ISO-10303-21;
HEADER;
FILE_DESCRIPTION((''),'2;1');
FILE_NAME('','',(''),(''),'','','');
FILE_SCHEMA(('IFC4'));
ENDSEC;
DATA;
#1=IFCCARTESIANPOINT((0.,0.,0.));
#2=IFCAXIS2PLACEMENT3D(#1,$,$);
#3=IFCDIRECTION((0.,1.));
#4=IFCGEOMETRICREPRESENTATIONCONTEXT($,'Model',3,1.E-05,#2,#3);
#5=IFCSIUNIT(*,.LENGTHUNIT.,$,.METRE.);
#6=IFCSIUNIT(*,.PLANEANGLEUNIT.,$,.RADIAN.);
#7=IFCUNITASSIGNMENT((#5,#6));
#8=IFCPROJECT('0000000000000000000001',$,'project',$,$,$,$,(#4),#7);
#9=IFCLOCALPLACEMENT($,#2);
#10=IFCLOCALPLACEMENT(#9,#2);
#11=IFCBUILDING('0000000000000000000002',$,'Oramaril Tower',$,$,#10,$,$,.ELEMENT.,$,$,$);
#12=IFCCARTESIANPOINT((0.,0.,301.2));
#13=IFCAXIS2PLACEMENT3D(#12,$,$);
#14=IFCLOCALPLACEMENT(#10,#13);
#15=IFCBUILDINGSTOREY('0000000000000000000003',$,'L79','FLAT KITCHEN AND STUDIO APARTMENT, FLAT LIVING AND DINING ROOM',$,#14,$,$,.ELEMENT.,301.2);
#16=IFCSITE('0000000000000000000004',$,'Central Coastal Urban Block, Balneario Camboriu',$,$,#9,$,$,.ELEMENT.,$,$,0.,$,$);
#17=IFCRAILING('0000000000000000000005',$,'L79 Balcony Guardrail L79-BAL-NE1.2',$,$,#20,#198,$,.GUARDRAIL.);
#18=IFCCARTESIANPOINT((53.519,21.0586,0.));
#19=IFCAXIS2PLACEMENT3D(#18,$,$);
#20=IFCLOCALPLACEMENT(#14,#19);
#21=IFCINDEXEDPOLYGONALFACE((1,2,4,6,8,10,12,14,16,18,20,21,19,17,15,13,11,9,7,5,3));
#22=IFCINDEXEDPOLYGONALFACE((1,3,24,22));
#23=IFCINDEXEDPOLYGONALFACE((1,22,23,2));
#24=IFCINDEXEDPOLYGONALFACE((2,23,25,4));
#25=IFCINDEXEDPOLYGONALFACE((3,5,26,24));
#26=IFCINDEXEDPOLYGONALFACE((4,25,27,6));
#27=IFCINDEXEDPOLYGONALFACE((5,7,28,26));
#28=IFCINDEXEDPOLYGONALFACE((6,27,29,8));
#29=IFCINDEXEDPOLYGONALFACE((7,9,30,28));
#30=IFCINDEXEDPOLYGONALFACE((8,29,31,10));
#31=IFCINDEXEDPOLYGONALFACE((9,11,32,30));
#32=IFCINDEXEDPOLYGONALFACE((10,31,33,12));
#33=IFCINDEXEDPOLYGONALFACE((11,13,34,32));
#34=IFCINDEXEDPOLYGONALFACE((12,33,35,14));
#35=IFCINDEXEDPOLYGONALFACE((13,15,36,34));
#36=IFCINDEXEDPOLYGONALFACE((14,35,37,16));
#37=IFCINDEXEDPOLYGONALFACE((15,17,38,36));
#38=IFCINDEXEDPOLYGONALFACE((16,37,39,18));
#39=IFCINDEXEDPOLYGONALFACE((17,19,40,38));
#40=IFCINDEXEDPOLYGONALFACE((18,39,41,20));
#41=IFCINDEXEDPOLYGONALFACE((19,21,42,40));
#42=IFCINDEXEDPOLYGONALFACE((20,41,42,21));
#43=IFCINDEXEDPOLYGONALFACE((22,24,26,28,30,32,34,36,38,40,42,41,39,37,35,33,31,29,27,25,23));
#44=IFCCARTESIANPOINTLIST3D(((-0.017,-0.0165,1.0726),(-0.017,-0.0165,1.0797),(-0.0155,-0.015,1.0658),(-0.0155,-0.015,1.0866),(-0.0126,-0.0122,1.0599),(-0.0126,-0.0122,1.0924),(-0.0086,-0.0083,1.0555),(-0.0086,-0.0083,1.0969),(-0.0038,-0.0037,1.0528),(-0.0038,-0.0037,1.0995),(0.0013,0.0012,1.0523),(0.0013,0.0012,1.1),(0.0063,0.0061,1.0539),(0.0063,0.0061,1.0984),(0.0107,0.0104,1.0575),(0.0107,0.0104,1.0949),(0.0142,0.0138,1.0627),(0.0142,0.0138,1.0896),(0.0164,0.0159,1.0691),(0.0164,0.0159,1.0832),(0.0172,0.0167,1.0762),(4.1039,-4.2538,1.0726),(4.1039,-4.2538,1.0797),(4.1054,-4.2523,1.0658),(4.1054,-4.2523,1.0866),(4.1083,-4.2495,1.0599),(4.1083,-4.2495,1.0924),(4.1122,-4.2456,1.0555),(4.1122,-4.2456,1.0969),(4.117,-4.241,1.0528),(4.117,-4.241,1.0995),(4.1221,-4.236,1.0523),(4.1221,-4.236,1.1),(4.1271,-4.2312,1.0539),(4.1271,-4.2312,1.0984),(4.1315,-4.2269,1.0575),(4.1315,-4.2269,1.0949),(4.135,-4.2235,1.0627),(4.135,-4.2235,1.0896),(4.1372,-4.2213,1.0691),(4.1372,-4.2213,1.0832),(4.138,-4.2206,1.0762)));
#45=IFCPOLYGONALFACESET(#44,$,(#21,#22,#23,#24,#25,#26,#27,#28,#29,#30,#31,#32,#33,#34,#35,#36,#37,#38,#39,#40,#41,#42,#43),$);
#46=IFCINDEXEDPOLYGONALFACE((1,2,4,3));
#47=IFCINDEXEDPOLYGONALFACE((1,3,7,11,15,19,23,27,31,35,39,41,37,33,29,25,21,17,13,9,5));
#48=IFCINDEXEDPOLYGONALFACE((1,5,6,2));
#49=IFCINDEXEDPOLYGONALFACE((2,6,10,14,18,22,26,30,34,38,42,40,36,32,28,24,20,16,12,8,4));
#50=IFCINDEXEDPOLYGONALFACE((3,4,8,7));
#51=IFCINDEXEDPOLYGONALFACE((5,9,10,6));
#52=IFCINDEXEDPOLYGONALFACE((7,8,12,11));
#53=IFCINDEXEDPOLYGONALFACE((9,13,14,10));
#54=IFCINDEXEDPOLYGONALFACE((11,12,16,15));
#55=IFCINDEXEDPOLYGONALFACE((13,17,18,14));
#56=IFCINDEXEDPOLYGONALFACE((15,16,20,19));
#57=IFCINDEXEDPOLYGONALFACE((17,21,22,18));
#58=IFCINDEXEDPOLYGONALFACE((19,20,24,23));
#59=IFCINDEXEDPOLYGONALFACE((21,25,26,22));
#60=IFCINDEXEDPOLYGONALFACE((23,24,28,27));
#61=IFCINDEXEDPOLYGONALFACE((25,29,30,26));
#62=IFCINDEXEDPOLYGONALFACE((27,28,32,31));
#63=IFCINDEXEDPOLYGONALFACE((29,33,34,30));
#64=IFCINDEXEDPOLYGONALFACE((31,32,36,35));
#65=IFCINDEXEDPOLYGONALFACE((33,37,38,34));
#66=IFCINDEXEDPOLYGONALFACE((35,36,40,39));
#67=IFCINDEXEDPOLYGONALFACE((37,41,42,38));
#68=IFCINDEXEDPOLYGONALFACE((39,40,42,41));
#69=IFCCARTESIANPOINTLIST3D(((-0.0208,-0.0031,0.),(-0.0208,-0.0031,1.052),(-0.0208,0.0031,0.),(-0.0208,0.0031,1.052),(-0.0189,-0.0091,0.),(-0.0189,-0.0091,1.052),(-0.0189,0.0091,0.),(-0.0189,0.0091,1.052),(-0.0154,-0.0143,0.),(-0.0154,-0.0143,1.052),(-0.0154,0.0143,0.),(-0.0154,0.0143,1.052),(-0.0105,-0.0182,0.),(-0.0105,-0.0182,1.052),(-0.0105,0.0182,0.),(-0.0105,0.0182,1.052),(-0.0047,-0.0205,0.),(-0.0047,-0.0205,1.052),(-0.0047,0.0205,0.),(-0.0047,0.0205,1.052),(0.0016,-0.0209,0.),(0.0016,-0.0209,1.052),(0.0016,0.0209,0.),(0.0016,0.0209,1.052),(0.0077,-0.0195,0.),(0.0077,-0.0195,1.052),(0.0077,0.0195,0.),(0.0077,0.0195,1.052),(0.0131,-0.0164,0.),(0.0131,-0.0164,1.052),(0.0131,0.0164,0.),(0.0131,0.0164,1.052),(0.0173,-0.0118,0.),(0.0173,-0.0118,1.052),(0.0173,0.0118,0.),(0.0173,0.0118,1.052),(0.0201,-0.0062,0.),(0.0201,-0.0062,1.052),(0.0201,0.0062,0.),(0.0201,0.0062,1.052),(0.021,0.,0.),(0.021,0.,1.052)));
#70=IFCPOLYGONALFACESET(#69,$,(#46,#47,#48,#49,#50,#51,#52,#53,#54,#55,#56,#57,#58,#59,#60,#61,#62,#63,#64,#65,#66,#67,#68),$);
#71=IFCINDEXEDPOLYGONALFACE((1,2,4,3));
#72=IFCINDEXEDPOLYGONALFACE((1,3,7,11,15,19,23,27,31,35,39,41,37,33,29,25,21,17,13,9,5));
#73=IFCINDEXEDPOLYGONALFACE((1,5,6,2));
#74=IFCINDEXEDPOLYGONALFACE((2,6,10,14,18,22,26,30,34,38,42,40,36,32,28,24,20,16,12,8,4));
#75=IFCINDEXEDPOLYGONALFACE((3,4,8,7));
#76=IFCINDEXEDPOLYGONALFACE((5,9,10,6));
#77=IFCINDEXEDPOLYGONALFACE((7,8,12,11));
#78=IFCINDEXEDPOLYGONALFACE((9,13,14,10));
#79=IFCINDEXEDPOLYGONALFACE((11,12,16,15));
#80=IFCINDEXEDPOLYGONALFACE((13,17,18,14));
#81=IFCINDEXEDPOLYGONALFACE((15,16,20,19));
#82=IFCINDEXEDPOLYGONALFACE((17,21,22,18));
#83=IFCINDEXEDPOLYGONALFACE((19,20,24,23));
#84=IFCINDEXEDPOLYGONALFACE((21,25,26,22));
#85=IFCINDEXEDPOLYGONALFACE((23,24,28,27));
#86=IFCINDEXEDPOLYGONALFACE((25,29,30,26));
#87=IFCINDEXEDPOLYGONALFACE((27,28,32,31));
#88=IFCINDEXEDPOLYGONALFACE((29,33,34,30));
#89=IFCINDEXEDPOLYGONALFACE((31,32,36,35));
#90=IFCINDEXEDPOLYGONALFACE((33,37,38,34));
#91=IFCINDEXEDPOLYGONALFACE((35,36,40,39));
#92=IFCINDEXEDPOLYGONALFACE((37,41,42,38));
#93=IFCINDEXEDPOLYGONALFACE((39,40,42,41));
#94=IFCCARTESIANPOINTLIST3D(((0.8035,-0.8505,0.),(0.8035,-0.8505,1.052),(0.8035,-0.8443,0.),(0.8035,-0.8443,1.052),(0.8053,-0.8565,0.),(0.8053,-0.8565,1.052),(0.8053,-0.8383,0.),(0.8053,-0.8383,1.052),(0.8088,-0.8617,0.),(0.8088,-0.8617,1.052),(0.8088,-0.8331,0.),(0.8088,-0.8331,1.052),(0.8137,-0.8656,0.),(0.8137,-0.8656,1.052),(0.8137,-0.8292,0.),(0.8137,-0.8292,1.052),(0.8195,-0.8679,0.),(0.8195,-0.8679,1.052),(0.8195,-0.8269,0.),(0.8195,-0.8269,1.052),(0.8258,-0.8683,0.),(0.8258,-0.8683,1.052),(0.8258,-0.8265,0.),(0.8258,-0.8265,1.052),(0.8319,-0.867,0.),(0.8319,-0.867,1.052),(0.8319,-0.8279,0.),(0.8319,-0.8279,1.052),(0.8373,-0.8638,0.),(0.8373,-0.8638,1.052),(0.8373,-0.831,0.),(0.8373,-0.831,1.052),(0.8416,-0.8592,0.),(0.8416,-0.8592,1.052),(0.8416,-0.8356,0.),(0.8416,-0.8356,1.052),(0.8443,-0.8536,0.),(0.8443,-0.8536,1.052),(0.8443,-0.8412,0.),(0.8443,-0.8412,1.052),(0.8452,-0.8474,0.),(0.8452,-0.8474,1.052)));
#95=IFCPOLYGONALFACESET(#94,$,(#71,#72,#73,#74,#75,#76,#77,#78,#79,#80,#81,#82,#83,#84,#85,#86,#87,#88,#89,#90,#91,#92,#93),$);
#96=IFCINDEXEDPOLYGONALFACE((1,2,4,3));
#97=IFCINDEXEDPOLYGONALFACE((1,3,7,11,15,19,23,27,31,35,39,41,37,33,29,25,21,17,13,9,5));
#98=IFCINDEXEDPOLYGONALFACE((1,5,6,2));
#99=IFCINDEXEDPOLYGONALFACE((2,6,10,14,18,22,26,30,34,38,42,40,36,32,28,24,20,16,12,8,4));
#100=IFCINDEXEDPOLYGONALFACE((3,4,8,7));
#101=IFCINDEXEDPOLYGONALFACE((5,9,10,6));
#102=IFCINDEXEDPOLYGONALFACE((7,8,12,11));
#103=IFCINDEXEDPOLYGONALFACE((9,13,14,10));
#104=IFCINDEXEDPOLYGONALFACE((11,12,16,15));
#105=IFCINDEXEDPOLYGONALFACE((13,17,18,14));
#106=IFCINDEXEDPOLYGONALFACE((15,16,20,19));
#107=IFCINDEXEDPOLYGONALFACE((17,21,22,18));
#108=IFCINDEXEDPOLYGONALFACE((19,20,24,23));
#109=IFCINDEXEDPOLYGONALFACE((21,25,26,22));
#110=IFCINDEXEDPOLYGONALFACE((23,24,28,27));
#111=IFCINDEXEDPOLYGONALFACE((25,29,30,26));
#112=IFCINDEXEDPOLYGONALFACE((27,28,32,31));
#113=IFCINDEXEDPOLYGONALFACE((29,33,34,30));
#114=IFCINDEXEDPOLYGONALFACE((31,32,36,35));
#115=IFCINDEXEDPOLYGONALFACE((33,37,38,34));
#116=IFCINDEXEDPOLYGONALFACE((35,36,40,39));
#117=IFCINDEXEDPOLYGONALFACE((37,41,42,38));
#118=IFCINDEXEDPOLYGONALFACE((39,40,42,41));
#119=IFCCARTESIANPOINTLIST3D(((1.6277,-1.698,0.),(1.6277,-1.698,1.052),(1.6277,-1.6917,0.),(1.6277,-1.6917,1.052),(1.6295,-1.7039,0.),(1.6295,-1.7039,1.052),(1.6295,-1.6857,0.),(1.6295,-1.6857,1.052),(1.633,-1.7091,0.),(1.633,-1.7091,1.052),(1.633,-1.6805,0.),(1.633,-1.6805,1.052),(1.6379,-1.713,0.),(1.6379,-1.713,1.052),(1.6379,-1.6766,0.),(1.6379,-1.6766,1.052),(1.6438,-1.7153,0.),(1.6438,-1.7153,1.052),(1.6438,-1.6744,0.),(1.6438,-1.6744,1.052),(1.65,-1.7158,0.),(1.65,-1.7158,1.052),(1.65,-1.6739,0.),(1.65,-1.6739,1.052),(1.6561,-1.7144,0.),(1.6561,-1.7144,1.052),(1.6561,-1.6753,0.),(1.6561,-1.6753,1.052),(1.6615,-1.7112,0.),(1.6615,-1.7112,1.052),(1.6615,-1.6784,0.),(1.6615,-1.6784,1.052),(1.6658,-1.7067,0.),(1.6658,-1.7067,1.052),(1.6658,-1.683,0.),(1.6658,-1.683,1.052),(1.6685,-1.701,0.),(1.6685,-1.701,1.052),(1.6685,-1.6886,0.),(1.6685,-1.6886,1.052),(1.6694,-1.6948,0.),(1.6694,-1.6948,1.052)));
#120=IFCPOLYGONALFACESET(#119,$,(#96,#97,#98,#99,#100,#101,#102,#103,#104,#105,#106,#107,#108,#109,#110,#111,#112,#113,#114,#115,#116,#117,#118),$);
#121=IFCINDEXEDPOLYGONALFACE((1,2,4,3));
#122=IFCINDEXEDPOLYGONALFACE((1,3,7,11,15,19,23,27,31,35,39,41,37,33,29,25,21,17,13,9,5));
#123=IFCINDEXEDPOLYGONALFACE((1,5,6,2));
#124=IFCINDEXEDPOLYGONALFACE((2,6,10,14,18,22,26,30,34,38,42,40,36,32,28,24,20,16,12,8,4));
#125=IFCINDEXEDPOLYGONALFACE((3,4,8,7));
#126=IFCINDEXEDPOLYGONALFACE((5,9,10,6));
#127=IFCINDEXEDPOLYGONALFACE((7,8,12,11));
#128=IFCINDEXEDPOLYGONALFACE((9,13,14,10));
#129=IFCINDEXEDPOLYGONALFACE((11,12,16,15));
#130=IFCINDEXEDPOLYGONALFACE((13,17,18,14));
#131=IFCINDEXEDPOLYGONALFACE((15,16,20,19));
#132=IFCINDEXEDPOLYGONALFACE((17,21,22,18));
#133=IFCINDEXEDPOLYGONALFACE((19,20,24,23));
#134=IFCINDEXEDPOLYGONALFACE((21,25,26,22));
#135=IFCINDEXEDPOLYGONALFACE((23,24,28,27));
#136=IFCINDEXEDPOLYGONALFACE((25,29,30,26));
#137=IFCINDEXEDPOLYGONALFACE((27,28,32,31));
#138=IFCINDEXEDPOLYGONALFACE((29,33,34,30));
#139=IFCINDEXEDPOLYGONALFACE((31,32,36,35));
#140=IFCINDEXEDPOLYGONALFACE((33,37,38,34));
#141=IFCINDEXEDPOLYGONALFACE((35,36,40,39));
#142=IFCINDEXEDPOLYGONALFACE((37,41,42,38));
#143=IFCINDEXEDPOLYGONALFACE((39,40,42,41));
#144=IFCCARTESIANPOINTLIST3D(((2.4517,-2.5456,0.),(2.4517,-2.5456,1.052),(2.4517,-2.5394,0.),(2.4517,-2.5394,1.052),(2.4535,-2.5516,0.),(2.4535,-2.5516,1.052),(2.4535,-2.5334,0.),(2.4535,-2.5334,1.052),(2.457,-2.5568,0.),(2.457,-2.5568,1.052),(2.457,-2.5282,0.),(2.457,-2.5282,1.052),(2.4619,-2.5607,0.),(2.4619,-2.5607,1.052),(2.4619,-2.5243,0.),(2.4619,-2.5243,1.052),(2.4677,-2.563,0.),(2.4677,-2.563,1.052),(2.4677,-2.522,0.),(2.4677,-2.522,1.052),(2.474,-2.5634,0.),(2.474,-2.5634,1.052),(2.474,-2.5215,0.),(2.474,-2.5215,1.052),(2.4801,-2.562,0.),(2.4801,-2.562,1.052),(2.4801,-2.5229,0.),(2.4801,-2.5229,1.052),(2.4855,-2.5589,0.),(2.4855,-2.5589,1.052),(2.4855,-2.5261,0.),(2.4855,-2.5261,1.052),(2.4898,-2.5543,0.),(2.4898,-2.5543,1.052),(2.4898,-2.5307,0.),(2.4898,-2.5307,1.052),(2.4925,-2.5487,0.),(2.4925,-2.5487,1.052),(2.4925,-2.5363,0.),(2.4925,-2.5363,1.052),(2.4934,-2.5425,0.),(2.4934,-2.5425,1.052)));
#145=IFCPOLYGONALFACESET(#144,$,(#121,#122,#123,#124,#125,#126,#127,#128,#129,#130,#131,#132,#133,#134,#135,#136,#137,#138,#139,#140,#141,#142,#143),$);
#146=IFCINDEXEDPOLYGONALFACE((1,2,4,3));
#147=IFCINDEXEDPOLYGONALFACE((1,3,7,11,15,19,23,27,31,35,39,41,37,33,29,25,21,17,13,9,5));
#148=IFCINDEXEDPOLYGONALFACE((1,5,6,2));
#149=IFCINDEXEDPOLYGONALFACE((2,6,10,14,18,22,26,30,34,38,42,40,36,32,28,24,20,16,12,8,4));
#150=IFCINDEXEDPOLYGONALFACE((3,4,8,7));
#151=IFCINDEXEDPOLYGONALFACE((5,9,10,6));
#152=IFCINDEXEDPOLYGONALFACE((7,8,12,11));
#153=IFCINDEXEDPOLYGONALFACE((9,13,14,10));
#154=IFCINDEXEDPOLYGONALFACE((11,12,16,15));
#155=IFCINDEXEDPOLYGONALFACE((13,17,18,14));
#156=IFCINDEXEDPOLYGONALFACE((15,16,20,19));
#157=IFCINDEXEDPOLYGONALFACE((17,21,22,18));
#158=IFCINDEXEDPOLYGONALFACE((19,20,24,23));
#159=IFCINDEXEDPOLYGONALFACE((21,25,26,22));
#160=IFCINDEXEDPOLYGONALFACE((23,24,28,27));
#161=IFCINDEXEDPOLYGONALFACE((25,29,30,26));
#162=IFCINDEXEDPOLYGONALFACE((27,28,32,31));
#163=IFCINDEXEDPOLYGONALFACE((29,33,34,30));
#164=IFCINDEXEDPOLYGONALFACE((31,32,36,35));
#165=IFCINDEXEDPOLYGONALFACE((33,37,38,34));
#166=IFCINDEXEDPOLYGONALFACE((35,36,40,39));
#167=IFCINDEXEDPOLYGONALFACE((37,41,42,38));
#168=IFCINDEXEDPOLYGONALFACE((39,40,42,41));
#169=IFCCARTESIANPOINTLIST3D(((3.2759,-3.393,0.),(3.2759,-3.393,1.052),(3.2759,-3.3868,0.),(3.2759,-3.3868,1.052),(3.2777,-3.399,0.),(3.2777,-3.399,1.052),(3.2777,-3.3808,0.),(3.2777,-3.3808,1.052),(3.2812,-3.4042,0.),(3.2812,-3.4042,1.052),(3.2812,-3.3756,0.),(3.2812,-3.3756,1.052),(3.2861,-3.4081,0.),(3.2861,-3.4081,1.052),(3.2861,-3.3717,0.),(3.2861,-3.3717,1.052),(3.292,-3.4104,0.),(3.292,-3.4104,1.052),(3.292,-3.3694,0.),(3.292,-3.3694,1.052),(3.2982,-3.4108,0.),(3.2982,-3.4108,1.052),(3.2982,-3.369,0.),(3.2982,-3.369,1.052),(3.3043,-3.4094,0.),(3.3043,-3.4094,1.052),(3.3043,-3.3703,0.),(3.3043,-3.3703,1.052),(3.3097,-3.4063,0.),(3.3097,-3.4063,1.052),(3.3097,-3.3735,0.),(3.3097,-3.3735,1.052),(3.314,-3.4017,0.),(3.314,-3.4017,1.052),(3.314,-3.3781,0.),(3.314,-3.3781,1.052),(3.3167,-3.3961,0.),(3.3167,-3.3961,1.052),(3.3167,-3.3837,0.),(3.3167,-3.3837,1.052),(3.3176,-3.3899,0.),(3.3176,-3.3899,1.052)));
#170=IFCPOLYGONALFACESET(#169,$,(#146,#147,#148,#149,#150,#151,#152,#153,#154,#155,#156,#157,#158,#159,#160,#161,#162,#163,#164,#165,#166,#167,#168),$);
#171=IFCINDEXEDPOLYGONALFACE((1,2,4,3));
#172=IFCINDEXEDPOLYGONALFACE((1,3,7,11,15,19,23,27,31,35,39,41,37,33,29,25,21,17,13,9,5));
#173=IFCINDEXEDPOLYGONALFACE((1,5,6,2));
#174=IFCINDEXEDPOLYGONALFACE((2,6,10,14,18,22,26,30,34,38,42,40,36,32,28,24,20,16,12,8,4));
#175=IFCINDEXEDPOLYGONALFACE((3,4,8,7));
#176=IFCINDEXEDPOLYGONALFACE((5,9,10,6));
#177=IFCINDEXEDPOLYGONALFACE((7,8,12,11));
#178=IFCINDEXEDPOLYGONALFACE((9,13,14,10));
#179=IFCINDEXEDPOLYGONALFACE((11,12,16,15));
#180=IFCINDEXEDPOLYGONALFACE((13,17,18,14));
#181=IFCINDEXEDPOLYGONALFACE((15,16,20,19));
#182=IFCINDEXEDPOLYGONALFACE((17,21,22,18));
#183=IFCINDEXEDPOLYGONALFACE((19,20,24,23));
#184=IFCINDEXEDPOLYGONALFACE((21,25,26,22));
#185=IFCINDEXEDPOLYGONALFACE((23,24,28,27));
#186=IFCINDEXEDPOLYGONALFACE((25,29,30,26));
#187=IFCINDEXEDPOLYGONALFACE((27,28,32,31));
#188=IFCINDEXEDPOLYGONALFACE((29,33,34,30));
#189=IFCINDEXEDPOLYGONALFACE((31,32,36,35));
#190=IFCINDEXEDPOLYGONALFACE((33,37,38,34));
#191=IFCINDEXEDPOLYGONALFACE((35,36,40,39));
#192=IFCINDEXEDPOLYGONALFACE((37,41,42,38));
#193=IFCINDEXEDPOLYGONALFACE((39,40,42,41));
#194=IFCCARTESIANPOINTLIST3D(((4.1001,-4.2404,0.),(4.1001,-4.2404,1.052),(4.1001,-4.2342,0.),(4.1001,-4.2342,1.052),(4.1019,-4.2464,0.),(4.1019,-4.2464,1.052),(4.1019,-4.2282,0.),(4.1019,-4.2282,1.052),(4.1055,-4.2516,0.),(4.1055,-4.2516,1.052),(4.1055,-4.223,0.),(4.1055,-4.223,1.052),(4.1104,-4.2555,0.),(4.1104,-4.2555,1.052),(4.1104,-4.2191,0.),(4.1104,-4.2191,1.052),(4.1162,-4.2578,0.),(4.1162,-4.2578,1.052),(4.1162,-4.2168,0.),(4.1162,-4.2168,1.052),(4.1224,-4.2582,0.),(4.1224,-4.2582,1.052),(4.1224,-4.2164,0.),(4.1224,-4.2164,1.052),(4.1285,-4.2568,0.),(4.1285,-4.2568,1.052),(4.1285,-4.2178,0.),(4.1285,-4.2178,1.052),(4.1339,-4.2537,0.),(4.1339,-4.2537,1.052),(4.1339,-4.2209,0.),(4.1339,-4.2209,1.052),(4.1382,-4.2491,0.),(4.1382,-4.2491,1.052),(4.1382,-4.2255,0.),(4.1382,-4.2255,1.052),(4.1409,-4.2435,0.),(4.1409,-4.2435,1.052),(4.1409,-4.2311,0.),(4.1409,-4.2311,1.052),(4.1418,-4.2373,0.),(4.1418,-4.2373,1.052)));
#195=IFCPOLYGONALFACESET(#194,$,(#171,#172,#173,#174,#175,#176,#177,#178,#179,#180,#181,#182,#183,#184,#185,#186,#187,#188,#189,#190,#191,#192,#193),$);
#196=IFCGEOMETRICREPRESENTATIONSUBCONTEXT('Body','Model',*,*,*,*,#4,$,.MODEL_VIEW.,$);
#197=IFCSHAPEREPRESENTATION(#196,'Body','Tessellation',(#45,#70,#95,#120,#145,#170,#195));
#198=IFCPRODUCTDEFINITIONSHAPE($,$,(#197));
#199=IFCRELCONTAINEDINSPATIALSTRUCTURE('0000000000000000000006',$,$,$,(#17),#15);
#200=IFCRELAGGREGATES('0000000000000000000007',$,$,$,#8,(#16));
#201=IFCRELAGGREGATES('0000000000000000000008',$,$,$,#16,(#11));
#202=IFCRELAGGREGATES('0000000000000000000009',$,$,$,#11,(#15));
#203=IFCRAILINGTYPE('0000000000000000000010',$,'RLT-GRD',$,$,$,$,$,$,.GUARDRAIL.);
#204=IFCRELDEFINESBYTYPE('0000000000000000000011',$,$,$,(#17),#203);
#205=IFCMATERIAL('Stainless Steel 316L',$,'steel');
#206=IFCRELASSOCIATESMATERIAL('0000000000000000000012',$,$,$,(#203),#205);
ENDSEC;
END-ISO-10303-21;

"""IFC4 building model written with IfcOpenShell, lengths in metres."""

from ifc_helpers import new_model, si_unit, direction, frame, origin, origin_2d, place, context, subcontext, project, spatial, circle, extrude, material, type_object, element, save


model = new_model("IFC4")

# Units and contexts
model_context = context("Model", 3, precision=1e-05, world=origin(), true_north=direction((0.0, 1.0)))
body_context = subcontext(model_context, "Body", "Model", "MODEL_VIEW")
ifc_project = project(units=[si_unit("LENGTHUNIT", "METRE"), si_unit("PLANEANGLEUNIT", "RADIAN")], contexts=[model_context])

# Site, building, storey
site_placement = place(None, origin())
site = spatial("IfcSite", under=ifc_project, at=site_placement, Name="Central Coastal Urban Block, Balneario Camboriu", CompositionType="ELEMENT", RefElevation=0.0)
building_placement = place(site_placement, origin())
building = spatial("IfcBuilding", under=site, at=building_placement, Name="Oramaril Tower", CompositionType="ELEMENT")
storey_placement = place(building_placement, frame((0.0, 0.0, 301.2)))
storey = spatial("IfcBuildingStorey", under=building, at=storey_placement, Name="L79", Description="FLAT KITCHEN AND STUDIO APARTMENT, FLAT LIVING AND DINING ROOM", CompositionType="ELEMENT", Elevation=301.2)

# Railing
ifc_material_1 = material(Name="Stainless Steel 316L", Category="steel")
railing_type_1 = type_object("IfcRailingType", Name="RLT-GRD", PredefinedType="GUARDRAIL", material=ifc_material_1)
railing_1_placement = place(storey_placement, frame((53.519, 21.0586, 0.0)))
element("IfcRailing", 1, at=railing_1_placement, inside=storey, type_object=railing_type_1, Name="L79 Balcony Guardrail L79-BAL-NE1.2", PredefinedType="GUARDRAIL", context=body_context, shape_type="SweptSolid", body=[
    extrude(circle(Radius=0.0239, at=origin_2d()), frame((0.0, 0.0, 1.0762), z_axis=(0.697187, -0.716889, 0.0), x_axis=(0.716889, 0.697187, 0.0)), (0.0, 0.0, 1.0), 5.9106),
    extrude(circle(Radius=0.021, at=origin_2d()), origin(), (0.0, 0.0, 1.0), 1.052),
    extrude(circle(Radius=0.021, at=origin_2d()), frame((0.8242, -0.8474, 0.0)), (0.0, 0.0, 1.0), 1.052),
    extrude(circle(Radius=0.021, at=origin_2d()), frame((1.6484, -1.6948, 0.0)), (0.0, 0.0, 1.0), 1.052),
    extrude(circle(Radius=0.021, at=origin_2d()), frame((2.4724, -2.5425, 0.0)), (0.0, 0.0, 1.0), 1.052),
    extrude(circle(Radius=0.021, at=origin_2d()), frame((3.2966, -3.3899, 0.0)), (0.0, 0.0, 1.0), 1.052),
    extrude(circle(Radius=0.021, at=origin_2d()), frame((4.1208, -4.2373, 0.0)), (0.0, 0.0, 1.0), 1.052),
])

save(model, "model.ifc")
